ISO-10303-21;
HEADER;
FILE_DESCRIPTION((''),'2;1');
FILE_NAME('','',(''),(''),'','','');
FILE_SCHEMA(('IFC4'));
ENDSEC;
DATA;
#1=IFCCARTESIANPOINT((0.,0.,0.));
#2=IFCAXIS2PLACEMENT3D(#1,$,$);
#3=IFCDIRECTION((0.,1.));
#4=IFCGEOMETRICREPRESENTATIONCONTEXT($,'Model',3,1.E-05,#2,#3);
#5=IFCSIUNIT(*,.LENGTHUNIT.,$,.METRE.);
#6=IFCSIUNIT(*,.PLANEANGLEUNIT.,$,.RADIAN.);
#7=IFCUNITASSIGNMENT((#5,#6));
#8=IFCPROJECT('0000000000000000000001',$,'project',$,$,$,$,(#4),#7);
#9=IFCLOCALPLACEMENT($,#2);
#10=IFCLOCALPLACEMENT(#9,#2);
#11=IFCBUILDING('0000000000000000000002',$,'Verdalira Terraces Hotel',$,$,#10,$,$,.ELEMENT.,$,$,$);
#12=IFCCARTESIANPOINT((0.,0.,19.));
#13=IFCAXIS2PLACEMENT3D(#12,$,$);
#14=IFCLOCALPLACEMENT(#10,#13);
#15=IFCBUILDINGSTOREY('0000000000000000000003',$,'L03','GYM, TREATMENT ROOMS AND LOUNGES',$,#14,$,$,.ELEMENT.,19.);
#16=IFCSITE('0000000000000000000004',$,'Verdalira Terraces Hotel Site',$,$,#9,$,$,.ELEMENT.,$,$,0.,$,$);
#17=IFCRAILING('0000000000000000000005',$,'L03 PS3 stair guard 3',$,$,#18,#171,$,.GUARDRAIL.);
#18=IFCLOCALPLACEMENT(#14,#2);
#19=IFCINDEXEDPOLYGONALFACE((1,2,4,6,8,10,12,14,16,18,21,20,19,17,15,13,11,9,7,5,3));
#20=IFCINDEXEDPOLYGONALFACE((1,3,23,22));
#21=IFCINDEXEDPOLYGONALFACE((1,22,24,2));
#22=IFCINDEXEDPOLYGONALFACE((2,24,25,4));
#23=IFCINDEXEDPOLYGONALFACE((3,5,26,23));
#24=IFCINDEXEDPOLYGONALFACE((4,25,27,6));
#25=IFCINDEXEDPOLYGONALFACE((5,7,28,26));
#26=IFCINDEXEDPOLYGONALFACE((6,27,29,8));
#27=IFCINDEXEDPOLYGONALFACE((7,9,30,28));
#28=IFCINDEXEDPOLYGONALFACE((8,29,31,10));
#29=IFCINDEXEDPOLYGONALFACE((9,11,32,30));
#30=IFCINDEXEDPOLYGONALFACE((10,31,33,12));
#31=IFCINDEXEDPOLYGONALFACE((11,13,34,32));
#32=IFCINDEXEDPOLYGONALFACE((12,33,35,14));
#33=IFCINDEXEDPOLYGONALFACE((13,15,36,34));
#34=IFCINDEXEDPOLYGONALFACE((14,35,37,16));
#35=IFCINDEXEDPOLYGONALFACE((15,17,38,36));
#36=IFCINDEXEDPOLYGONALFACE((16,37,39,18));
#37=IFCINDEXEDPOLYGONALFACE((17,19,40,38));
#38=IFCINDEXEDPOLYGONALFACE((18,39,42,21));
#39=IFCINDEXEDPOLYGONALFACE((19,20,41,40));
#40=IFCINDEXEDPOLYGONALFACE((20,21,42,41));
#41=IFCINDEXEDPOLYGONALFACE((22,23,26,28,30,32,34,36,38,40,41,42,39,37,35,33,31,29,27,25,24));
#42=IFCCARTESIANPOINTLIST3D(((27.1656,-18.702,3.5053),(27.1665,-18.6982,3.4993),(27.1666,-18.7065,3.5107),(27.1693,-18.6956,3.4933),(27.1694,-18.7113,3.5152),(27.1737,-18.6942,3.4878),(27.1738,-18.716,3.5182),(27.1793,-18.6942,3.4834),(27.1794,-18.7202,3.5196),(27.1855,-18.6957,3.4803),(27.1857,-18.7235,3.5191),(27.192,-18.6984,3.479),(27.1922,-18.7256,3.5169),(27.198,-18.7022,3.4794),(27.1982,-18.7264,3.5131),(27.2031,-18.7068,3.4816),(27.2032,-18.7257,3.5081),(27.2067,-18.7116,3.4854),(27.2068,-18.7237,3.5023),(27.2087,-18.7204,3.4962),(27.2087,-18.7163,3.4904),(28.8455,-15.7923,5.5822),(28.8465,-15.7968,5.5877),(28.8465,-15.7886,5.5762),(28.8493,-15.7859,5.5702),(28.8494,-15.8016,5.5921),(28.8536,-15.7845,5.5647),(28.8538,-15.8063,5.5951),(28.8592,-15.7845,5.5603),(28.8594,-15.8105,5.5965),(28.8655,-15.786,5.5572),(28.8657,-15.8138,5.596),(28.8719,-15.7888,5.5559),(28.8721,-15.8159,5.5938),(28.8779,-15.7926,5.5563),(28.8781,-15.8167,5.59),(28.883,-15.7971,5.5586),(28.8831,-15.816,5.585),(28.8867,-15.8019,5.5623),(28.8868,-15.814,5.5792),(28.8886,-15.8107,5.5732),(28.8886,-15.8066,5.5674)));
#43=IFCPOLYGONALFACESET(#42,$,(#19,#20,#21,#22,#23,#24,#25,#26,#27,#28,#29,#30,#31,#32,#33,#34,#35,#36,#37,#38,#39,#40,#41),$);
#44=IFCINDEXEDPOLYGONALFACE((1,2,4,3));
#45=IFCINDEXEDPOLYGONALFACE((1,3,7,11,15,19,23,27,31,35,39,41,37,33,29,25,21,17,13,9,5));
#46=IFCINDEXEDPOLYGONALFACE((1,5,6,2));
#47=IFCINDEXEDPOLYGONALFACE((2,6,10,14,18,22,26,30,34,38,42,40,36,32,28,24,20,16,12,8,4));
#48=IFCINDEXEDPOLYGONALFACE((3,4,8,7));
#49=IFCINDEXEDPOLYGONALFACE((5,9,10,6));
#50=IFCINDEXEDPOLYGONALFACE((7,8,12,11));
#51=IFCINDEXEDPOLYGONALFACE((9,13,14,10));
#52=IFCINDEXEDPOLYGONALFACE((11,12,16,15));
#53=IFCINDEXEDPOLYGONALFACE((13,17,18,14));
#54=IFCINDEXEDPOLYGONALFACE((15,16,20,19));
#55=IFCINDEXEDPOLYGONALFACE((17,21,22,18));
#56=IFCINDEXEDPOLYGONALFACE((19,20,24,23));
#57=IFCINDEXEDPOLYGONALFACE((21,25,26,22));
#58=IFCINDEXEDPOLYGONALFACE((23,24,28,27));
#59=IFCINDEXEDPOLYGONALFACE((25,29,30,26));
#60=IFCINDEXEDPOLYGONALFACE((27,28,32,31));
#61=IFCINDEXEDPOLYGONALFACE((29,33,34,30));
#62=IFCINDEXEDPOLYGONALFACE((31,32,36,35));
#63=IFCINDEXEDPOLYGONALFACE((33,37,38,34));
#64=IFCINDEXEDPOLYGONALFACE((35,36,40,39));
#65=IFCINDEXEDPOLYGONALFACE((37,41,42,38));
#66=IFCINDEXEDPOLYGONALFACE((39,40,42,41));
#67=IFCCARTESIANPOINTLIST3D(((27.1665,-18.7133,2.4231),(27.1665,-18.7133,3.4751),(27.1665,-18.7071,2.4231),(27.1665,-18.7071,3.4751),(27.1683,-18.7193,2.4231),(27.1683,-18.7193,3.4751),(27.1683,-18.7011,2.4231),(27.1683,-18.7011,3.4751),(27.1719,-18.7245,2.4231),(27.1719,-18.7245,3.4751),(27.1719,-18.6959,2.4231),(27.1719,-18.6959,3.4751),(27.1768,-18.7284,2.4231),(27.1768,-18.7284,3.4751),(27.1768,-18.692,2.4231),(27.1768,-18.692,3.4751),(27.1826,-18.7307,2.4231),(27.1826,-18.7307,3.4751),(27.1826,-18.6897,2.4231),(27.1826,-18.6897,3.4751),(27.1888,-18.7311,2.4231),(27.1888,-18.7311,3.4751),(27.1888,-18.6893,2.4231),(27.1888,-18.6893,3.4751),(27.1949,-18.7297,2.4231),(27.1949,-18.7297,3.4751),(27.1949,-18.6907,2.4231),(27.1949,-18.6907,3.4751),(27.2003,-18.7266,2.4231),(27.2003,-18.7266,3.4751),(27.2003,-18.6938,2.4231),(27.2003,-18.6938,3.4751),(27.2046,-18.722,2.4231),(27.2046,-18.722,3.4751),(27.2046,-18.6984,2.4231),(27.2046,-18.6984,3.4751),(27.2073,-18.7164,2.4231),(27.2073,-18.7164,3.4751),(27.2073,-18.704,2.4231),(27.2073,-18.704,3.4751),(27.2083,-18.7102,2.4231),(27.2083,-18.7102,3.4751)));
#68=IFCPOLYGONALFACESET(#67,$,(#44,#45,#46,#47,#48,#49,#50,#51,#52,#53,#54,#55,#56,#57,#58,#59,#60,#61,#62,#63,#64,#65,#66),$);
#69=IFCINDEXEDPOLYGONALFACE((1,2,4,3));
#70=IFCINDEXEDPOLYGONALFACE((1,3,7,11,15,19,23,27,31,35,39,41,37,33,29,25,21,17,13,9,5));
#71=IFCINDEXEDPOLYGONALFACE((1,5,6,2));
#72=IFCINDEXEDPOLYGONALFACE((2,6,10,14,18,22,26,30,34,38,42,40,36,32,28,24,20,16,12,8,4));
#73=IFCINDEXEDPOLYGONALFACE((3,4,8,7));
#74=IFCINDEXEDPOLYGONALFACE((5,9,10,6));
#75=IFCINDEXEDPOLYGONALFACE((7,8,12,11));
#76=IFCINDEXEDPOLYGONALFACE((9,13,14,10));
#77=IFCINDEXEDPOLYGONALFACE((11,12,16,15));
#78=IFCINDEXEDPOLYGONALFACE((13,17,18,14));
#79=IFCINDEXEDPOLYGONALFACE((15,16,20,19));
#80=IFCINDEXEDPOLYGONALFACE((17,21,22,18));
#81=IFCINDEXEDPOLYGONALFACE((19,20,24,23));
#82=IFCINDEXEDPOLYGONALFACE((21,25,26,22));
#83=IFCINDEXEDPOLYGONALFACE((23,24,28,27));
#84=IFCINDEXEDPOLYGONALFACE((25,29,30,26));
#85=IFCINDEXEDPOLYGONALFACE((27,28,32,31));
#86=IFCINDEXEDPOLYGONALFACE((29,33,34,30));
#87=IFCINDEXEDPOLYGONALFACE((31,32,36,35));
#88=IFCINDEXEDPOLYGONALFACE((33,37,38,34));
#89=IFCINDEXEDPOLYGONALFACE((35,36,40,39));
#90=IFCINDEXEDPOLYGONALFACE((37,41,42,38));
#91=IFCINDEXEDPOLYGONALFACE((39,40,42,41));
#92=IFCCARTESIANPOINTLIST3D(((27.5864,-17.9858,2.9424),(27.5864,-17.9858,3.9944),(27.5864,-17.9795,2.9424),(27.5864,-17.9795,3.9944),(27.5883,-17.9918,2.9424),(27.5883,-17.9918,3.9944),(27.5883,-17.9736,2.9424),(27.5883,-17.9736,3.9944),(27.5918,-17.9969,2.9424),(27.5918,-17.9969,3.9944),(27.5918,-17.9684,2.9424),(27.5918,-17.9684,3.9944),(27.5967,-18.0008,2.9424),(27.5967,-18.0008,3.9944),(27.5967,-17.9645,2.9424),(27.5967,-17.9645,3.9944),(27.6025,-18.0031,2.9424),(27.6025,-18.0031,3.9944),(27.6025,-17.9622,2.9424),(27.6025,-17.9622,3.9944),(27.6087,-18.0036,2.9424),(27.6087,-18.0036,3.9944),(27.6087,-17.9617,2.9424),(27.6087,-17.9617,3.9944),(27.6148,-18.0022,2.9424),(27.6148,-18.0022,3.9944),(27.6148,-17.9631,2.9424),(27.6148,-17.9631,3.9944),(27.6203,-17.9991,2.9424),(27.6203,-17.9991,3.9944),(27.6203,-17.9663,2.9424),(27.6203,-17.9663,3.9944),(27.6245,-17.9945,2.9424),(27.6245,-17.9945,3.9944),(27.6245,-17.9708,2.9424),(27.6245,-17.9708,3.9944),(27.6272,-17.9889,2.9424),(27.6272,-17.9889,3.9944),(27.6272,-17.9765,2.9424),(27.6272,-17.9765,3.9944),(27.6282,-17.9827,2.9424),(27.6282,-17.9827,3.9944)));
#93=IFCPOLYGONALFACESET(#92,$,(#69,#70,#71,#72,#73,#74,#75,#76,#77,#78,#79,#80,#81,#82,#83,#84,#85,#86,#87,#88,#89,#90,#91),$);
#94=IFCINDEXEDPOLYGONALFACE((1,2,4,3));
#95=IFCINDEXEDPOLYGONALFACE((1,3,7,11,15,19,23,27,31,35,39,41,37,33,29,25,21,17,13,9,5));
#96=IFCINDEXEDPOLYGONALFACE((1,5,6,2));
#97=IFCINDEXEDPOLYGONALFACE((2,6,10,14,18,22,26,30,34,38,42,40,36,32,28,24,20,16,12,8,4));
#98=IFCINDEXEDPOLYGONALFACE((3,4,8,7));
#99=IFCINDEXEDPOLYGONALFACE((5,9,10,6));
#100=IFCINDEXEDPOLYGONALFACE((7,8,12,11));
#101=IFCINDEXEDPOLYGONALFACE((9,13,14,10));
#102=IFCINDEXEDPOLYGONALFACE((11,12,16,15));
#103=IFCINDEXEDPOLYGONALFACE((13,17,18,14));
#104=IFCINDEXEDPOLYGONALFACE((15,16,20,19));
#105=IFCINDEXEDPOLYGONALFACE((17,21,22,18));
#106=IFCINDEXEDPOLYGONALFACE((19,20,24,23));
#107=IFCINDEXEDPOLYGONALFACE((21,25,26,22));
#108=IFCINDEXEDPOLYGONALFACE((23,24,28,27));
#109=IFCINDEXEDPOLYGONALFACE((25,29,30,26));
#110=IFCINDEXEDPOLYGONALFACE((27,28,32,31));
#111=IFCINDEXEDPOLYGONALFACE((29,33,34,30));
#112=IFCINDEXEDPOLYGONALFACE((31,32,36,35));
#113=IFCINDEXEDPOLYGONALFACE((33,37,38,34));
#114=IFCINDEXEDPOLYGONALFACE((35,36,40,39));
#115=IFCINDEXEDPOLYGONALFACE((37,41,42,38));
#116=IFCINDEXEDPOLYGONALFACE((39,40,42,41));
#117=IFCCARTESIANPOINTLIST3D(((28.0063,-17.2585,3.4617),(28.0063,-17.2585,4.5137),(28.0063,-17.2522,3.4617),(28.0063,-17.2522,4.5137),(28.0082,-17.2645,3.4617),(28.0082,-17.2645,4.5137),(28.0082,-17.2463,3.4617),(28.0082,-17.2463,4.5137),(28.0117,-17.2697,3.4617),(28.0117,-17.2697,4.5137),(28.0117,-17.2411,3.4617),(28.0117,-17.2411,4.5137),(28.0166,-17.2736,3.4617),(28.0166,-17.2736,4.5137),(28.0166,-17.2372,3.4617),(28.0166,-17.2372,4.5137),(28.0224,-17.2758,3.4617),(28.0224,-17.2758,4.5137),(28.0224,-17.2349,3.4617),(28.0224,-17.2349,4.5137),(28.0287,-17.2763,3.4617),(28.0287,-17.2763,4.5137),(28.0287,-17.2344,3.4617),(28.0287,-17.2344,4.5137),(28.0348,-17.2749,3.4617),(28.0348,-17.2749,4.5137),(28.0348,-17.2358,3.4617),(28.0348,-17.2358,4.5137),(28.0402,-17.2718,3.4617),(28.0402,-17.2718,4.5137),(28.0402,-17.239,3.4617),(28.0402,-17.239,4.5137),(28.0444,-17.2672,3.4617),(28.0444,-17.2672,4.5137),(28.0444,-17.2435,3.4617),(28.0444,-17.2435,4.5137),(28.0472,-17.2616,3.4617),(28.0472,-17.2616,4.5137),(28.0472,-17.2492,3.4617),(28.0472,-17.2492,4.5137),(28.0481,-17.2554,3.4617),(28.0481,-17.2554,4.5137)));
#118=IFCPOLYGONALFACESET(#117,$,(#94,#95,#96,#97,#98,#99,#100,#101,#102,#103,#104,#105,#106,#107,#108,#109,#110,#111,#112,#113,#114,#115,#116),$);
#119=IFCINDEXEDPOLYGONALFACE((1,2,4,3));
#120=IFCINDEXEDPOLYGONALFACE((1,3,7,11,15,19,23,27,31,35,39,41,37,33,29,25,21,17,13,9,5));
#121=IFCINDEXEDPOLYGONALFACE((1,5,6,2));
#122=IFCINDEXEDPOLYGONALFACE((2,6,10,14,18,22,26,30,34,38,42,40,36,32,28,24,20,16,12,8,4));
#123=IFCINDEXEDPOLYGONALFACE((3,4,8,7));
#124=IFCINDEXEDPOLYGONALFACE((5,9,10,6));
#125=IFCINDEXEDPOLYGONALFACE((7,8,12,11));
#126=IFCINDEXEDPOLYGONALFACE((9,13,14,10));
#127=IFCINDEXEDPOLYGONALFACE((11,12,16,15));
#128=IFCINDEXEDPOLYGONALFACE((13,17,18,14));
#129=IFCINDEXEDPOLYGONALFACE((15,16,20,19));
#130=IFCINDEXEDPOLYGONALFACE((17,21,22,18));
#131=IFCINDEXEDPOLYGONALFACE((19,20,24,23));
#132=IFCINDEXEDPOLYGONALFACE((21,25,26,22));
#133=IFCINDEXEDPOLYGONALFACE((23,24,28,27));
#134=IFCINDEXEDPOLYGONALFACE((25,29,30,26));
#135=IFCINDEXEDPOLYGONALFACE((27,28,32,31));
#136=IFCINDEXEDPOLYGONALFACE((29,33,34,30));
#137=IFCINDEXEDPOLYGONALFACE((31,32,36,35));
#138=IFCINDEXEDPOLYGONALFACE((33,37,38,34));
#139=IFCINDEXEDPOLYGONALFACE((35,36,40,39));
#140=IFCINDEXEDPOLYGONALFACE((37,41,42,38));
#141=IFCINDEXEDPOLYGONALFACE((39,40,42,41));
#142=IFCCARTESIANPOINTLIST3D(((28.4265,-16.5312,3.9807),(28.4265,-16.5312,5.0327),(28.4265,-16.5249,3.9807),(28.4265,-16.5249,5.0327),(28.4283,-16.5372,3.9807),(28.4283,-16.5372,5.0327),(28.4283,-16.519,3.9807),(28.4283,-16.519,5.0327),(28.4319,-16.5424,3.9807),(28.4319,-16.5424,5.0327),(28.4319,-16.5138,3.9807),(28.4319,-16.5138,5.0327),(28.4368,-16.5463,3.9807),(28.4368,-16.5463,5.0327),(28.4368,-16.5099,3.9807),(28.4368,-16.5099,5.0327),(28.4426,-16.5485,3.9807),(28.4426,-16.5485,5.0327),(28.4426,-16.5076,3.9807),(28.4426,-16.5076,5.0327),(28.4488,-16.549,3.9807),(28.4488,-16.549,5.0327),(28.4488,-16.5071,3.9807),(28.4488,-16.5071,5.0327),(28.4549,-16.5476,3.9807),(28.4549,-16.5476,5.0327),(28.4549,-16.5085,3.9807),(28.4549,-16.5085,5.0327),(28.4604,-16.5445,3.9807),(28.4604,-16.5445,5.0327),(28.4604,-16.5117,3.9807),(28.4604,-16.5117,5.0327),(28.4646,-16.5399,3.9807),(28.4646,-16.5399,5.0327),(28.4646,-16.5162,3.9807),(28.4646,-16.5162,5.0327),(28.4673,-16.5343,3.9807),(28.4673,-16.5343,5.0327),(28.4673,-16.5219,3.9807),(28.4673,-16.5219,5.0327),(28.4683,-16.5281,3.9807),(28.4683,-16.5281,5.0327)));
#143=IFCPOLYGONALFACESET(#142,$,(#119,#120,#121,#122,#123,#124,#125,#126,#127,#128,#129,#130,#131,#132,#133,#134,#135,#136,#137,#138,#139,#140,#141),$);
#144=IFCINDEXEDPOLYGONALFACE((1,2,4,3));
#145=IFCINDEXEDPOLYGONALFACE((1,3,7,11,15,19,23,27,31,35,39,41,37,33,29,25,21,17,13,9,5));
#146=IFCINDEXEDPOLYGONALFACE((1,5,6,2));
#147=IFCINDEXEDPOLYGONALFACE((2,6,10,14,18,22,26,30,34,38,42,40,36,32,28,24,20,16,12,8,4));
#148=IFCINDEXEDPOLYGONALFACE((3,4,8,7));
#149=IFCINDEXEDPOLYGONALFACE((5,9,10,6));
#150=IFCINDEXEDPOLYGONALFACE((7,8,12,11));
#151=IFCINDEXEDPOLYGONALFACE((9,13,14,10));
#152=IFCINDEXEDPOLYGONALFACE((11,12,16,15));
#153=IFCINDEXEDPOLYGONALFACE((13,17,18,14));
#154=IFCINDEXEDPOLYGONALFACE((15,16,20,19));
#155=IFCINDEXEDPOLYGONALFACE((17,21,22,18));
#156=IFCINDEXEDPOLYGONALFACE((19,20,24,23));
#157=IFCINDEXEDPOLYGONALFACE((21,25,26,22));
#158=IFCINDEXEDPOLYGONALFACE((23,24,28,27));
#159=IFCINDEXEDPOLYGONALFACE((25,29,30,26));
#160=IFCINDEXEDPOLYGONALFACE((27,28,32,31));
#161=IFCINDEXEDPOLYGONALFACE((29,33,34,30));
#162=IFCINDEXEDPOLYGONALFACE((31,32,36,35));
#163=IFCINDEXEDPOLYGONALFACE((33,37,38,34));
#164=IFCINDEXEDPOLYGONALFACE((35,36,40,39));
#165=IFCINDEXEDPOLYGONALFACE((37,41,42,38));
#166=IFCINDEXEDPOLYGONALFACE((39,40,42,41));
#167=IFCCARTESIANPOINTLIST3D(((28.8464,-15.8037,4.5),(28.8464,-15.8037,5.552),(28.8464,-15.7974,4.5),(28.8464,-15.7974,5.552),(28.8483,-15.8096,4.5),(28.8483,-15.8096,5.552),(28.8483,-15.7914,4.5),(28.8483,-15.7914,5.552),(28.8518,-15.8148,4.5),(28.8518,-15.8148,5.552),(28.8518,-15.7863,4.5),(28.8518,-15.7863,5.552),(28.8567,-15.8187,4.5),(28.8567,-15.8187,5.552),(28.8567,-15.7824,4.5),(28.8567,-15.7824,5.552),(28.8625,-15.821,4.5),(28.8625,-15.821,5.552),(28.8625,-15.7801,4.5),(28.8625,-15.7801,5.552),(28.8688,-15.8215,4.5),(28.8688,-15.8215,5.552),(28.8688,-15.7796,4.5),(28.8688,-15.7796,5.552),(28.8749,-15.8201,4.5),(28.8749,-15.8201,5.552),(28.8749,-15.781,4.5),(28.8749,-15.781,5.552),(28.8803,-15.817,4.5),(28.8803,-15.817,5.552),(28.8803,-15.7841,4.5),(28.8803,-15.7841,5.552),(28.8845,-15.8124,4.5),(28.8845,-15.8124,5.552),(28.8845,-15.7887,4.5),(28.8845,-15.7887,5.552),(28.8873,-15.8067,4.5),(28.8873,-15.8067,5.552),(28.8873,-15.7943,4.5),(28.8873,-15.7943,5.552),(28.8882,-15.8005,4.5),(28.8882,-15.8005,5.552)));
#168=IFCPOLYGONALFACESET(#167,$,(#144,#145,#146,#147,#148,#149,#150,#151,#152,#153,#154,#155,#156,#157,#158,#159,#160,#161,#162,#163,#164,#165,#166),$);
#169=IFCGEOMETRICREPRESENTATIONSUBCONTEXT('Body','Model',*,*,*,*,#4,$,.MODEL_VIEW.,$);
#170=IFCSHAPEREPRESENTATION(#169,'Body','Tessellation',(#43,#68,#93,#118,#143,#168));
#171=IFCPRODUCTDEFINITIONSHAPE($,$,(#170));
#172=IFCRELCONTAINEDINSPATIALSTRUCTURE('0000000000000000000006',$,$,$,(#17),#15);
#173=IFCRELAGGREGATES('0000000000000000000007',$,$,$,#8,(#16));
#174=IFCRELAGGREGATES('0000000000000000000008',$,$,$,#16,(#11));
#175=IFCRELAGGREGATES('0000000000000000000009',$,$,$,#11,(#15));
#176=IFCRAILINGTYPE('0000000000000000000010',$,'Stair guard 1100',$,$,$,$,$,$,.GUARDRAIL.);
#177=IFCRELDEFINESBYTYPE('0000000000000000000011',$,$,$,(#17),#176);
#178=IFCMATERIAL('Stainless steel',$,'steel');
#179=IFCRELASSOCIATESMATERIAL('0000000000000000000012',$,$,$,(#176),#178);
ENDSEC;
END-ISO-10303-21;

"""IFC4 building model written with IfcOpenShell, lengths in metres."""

from ifc_helpers import new_model, si_unit, direction, frame, origin, origin_2d, place, context, subcontext, project, spatial, circle, extrude, material, type_object, element, save


model = new_model("IFC4")

# Units and contexts
model_context = context("Model", 3, precision=1e-05, world=origin(), true_north=direction((0.0, 1.0)))
body_context = subcontext(model_context, "Body", "Model", "MODEL_VIEW")
ifc_project = project(units=[si_unit("LENGTHUNIT", "METRE"), si_unit("PLANEANGLEUNIT", "RADIAN")], contexts=[model_context])

# Site, building, storey
site_placement = place(None, origin())
site = spatial("IfcSite", under=ifc_project, at=site_placement, Name="Verdalira Terraces Hotel Site", CompositionType="ELEMENT", RefElevation=0.0)
building_placement = place(site_placement, origin())
building = spatial("IfcBuilding", under=site, at=building_placement, Name="Verdalira Terraces Hotel", CompositionType="ELEMENT")
storey_placement = place(building_placement, frame((0.0, 0.0, 19.0)))
storey = spatial("IfcBuildingStorey", under=building, at=storey_placement, Name="L03", Description="GYM, TREATMENT ROOMS AND LOUNGES", CompositionType="ELEMENT", Elevation=19.0)

# Railing
ifc_material_1 = material(Name="Stainless steel", Category="steel")
railing_type_1 = type_object("IfcRailingType", Name="Stair guard 1100", PredefinedType="GUARDRAIL", material=ifc_material_1)
railing_1_placement = place(storey_placement, frame((27.1873, -18.7102, 2.4231)))
element("IfcRailing", 1, at=railing_1_placement, inside=storey, type_object=railing_type_1, Name="L03 PS3 stair guard 3", PredefinedType="GUARDRAIL", context=body_context, shape_type="SweptSolid", body=[
    extrude(circle(Radius=0.0239, at=origin_2d()), frame((0.0, 0.0, 1.0762), z_axis=(0.425308, 0.73664, 0.525809), x_axis=(-0.866021, 0.500008, 0.0)), (0.0, 0.0, 1.0), 3.95),
    extrude(circle(Radius=0.021, at=origin_2d()), origin(), (0.0, 0.0, 1.0), 1.052),
    extrude(circle(Radius=0.021, at=origin_2d()), frame((0.4199, 0.7275, 0.5193)), (0.0, 0.0, 1.0), 1.052),
    extrude(circle(Radius=0.021, at=origin_2d()), frame((0.8398, 1.4548, 1.0386)), (0.0, 0.0, 1.0), 1.052),
    extrude(circle(Radius=0.021, at=origin_2d()), frame((1.26, 2.1821, 1.5576)), (0.0, 0.0, 1.0), 1.052),
    extrude(circle(Radius=0.021, at=origin_2d()), frame((1.6799, 2.9097, 2.0769)), (0.0, 0.0, 1.0), 1.052),
])

save(model, "model.ifc")
